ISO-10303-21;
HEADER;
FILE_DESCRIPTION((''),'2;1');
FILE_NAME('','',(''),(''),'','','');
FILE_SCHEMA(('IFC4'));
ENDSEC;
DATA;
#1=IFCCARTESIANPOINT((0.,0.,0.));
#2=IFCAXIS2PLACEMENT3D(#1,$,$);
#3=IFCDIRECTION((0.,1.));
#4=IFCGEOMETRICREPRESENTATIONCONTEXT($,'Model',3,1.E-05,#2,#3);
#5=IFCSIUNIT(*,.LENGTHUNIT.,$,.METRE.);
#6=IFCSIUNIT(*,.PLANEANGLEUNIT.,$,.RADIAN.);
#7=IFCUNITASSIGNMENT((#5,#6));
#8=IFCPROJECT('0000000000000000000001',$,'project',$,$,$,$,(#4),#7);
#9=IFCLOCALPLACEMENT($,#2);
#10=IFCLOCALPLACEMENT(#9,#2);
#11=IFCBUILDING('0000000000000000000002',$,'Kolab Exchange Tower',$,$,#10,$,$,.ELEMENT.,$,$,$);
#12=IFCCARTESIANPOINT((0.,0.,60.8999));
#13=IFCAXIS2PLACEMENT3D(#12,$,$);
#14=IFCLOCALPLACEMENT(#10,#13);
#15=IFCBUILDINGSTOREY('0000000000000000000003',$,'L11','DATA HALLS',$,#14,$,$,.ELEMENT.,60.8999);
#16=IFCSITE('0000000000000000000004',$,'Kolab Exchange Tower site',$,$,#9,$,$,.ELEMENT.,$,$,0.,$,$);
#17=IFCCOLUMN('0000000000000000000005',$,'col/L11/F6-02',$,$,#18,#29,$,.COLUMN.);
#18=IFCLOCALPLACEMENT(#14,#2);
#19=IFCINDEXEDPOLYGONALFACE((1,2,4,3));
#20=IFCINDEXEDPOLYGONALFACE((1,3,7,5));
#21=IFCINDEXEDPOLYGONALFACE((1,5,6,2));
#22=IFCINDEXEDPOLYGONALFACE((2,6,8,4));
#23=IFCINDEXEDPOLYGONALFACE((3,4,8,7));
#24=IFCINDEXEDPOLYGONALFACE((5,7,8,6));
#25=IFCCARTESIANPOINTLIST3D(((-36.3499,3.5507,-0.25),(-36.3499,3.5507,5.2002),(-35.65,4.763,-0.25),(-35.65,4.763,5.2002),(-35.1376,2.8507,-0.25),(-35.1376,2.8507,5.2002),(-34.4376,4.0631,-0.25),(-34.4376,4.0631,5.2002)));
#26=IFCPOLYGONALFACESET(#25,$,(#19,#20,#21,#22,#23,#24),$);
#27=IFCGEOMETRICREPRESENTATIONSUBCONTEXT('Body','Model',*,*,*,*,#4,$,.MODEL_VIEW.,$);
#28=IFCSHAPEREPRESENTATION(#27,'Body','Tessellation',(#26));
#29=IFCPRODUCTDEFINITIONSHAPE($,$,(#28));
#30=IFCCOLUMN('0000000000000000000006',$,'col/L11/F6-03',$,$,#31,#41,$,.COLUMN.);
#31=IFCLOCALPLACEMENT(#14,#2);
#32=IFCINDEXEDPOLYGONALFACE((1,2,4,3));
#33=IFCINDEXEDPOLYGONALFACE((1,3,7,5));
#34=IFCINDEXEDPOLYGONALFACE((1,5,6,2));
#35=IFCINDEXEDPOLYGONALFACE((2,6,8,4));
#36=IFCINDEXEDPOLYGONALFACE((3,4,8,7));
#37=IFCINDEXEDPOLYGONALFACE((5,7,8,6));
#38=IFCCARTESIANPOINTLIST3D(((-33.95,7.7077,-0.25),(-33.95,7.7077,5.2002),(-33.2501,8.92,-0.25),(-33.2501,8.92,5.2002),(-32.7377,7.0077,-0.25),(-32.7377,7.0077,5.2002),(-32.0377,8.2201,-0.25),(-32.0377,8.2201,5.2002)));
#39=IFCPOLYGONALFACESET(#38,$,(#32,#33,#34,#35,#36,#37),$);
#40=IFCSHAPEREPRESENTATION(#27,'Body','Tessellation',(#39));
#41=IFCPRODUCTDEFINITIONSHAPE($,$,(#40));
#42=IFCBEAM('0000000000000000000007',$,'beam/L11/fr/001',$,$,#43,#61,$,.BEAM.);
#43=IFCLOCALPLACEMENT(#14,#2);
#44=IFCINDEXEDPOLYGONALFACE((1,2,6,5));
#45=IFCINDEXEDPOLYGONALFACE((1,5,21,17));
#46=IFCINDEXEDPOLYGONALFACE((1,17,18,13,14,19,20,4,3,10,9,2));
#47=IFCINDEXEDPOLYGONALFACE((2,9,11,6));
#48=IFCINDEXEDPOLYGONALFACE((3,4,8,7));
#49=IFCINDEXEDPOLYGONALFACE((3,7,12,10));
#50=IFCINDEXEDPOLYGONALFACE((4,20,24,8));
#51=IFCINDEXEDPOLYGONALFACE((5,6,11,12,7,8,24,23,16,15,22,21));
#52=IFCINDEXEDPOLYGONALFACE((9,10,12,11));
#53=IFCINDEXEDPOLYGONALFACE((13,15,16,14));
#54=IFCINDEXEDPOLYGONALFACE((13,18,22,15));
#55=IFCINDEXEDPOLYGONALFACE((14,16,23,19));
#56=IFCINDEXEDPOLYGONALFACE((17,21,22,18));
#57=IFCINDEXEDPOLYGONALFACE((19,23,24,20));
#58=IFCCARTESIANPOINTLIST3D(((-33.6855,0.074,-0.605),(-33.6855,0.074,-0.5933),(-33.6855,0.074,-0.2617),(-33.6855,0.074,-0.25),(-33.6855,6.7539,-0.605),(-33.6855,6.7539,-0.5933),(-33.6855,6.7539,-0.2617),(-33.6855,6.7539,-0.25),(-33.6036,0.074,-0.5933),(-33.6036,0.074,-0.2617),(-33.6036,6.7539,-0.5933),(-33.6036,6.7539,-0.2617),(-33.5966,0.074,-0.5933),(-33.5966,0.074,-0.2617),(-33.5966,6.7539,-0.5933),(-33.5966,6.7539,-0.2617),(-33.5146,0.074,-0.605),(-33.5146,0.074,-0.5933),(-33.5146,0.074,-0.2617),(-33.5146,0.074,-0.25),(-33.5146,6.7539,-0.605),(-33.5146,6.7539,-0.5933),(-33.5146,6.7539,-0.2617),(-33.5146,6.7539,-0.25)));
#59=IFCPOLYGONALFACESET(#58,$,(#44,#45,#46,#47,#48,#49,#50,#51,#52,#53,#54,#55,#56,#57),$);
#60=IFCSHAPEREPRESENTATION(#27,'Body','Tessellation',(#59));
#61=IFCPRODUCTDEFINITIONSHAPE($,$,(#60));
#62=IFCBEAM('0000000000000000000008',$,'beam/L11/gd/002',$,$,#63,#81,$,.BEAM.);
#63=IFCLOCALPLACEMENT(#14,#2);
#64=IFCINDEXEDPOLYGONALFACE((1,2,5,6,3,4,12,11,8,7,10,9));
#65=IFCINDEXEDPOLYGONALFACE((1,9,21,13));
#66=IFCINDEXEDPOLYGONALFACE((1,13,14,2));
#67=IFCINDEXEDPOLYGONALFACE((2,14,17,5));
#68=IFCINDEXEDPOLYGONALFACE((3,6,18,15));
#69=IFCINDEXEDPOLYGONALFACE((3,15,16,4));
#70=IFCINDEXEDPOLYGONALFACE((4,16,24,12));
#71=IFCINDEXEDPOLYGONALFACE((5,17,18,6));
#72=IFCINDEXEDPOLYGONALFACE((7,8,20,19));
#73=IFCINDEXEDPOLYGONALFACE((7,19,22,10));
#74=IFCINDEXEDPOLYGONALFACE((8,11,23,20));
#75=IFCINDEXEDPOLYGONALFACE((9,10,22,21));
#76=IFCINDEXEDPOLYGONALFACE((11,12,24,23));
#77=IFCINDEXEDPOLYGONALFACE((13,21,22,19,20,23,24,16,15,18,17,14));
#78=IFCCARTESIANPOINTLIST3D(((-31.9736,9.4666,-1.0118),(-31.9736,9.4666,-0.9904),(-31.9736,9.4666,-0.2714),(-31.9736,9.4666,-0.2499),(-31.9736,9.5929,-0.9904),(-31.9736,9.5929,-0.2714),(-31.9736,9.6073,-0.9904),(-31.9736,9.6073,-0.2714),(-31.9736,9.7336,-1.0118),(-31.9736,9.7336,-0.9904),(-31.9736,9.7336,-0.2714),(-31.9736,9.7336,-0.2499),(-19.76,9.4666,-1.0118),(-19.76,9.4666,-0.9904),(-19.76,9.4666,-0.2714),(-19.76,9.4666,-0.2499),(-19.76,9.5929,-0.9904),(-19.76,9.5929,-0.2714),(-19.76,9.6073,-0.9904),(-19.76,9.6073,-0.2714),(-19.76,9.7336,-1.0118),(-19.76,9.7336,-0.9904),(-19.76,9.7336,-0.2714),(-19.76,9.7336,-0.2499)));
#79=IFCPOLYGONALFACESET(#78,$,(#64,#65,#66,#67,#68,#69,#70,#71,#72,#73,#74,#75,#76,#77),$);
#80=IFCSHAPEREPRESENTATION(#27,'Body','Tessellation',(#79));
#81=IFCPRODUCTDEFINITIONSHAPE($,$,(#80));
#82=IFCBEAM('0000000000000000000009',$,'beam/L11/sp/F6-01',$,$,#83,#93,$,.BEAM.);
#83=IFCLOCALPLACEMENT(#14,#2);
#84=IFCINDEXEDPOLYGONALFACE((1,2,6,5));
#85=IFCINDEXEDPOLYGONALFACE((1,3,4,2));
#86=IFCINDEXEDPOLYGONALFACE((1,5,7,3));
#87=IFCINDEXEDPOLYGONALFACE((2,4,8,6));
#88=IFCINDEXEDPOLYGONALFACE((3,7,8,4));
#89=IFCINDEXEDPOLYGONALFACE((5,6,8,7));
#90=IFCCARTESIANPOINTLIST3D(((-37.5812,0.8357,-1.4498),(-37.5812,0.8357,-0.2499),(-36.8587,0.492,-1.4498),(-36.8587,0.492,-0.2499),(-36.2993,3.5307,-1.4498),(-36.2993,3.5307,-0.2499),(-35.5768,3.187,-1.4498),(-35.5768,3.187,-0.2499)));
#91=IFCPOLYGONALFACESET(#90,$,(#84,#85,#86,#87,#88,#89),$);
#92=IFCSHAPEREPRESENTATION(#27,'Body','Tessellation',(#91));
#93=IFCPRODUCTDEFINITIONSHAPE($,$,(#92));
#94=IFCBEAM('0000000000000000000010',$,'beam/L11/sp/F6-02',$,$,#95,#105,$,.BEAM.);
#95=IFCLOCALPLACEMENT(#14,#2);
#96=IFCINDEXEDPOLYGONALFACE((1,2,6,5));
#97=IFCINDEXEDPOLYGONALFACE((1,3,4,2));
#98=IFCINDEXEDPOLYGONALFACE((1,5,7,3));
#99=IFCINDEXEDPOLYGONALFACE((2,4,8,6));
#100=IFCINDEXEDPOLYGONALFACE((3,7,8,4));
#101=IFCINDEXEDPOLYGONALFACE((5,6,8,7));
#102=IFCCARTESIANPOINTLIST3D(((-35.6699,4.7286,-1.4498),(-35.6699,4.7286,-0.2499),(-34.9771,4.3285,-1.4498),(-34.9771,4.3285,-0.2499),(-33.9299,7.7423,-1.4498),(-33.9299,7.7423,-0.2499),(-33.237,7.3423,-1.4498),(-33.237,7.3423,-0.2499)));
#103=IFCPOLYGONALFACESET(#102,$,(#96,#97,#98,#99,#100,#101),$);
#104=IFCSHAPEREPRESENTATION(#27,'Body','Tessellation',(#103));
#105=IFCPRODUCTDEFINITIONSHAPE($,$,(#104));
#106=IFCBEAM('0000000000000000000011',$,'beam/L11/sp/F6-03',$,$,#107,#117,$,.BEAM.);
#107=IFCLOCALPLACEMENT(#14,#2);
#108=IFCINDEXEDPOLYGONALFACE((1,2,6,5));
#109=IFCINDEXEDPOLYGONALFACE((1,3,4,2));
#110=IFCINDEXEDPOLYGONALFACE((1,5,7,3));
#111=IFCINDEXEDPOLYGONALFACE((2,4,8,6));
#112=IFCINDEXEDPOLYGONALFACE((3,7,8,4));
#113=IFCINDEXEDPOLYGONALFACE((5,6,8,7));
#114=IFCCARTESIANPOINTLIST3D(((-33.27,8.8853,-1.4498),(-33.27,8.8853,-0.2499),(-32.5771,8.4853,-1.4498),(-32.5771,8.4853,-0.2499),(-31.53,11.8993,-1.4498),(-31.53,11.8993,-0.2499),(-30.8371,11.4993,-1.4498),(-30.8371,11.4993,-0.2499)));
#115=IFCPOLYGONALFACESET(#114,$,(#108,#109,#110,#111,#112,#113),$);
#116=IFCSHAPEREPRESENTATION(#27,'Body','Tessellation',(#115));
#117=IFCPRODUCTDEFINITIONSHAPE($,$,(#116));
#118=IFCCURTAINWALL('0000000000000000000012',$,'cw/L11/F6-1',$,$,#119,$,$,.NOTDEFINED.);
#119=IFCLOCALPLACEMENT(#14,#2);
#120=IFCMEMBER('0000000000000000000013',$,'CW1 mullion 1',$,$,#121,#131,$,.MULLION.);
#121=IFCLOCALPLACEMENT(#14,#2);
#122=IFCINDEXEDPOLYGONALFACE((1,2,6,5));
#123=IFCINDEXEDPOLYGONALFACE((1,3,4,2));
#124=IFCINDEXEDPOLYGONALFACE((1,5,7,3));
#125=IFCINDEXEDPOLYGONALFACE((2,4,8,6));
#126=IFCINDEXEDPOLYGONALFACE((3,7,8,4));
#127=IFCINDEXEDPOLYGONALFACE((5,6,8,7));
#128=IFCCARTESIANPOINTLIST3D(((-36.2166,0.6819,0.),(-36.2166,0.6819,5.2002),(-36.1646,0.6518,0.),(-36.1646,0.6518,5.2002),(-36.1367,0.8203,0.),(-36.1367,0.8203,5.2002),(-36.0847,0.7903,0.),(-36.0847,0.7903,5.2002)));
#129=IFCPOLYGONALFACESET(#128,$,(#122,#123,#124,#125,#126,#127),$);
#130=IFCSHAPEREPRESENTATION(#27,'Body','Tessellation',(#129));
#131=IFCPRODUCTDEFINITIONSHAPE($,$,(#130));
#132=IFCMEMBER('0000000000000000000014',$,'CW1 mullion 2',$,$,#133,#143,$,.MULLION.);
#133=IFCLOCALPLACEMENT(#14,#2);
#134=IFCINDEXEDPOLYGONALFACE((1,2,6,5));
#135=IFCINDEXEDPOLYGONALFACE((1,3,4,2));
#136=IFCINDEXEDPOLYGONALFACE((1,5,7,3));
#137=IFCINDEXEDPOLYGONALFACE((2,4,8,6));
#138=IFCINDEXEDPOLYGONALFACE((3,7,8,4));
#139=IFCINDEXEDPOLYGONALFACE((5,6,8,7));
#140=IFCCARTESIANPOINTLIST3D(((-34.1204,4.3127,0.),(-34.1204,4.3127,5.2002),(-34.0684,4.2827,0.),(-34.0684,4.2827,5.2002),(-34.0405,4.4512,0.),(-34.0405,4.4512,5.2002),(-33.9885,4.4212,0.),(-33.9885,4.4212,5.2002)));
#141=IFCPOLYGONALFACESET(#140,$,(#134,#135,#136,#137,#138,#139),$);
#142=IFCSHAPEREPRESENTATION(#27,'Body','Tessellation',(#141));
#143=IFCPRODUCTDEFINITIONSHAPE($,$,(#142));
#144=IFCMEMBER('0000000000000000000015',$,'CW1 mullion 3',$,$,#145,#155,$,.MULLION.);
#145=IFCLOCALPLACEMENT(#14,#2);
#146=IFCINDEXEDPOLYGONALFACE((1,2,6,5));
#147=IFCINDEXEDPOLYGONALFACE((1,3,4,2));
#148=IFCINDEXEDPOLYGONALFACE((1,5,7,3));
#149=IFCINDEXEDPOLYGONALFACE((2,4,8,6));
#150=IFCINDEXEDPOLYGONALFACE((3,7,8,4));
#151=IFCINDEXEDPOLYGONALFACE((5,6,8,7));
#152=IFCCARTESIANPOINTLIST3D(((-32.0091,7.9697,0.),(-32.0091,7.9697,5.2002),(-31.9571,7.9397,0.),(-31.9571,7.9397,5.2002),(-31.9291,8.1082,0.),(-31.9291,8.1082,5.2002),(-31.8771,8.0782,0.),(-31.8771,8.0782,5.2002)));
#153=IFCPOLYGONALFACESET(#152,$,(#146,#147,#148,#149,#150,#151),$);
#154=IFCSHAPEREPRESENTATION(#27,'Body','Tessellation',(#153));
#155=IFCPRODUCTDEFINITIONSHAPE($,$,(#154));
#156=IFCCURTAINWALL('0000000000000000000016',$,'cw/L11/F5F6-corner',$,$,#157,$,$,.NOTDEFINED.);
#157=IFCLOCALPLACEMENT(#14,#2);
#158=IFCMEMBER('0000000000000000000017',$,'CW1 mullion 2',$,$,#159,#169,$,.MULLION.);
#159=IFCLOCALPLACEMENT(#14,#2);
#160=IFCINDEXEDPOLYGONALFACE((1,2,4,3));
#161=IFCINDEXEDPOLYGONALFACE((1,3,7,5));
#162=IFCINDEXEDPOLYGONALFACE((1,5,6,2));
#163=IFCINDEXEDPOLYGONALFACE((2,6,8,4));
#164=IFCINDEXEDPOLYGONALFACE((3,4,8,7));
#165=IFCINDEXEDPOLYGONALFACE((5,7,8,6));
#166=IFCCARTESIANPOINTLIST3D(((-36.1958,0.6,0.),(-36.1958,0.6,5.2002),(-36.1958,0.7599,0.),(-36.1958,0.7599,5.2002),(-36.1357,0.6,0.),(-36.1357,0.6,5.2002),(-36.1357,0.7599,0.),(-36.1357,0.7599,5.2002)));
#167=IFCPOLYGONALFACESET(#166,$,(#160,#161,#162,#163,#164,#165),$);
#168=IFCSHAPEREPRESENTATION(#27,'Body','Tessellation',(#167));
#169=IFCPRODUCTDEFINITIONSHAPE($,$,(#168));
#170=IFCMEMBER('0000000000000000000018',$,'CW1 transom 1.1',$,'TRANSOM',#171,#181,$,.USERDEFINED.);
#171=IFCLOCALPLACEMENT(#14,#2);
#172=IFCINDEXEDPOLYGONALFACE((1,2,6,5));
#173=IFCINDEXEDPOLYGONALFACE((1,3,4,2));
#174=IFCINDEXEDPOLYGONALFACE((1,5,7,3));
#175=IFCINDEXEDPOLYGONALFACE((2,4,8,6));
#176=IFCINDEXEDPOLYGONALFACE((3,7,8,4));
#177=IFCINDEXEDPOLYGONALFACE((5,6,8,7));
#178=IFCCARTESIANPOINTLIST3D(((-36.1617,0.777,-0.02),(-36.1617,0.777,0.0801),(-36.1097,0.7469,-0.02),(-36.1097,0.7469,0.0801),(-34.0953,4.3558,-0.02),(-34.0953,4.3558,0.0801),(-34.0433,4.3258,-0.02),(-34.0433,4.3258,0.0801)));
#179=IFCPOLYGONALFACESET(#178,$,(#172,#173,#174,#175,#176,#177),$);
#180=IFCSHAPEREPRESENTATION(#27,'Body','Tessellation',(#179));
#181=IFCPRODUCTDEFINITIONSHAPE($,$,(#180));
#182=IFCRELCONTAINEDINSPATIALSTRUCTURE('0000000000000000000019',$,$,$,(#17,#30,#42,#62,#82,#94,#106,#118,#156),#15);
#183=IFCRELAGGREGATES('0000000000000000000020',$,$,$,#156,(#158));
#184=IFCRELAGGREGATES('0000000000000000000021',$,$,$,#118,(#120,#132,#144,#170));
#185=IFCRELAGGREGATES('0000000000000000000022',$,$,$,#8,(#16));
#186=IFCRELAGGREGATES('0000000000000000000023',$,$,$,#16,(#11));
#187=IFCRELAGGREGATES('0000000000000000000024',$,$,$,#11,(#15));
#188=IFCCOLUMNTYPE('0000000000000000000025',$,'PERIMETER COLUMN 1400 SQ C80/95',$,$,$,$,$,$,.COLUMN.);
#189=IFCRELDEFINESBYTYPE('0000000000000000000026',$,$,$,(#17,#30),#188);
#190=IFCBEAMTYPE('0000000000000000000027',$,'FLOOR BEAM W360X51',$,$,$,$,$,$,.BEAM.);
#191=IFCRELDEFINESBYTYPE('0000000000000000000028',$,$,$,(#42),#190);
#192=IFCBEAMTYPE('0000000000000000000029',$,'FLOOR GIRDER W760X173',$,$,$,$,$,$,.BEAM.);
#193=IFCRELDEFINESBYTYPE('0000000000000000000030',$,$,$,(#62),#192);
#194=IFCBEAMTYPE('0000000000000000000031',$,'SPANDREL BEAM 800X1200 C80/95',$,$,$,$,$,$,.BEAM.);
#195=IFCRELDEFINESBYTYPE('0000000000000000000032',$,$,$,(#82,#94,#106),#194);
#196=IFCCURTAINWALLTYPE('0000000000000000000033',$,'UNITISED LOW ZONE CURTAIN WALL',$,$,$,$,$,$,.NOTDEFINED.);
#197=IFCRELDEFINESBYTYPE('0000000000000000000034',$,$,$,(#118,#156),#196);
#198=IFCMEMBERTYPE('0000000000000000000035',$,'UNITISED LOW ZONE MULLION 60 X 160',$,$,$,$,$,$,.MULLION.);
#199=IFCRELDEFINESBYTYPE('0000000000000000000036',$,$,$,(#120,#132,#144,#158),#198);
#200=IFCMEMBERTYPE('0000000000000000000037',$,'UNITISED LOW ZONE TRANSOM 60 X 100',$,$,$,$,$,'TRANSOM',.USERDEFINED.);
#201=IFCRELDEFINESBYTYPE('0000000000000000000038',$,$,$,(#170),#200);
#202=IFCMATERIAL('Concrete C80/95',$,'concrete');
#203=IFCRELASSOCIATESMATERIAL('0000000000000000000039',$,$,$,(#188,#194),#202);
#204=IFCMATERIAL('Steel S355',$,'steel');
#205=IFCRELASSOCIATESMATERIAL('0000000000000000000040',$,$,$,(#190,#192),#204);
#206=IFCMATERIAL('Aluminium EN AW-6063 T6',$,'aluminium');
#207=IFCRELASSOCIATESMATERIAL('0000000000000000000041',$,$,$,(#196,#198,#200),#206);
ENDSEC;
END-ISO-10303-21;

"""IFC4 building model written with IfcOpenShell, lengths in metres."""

from ifc_helpers import new_model, si_unit, direction, frame, origin, origin_2d, place, context, subcontext, project, spatial, rectangle, i_section, extrude, material, material_profile, profile_set, type_object, element, aggregate, save


model = new_model("IFC4")

# Units and contexts
model_context = context("Model", 3, precision=1e-05, world=origin(), true_north=direction((0.0, 1.0)))
body_context = subcontext(model_context, "Body", "Model", "MODEL_VIEW")
ifc_project = project(units=[si_unit("LENGTHUNIT", "METRE"), si_unit("PLANEANGLEUNIT", "RADIAN")], contexts=[model_context])

# Site, building, storey
site_placement = place(None, origin())
site = spatial("IfcSite", under=ifc_project, at=site_placement, Name="Kolab Exchange Tower site", CompositionType="ELEMENT", RefElevation=0.0)
building_placement = place(site_placement, origin())
building = spatial("IfcBuilding", under=site, at=building_placement, Name="Kolab Exchange Tower", CompositionType="ELEMENT")
storey_placement = place(building_placement, frame((0.0, 0.0, 60.8999)))
storey = spatial("IfcBuildingStorey", under=building, at=storey_placement, Name="L11", Description="DATA HALLS", CompositionType="ELEMENT", Elevation=60.8999)

# Columns
ifc_material_1 = material(Name="Concrete C80/95", Category="concrete")
ifc_material_profile_1 = material_profile(ifc_material_1, rectangle(XDim=1.3999, YDim=1.3999, at=origin_2d()), Name="RC1400")
ifc_profile_set_1 = profile_set([ifc_material_profile_1], Name="Concrete C80/95")
column_type = type_object("IfcColumnType", Name="PERIMETER COLUMN 1400 SQ C80/95", PredefinedType="COLUMN", material=ifc_profile_set_1)
for number, where, z_axis, x_axis, name in (
    (1, (-35.3938, 3.8069, -0.25), (0.0, 0.0, 1.0), (0.5, 0.866025, 0.0), "col/L11/F6-02"),
    (2, (-32.9939, 7.9639, -0.25), (0.0, 0.0, 1.0), (0.5, 0.866025, 0.0), "col/L11/F6-03"),
):
    element("IfcColumn", number, at=place(storey_placement, frame(where, z_axis=z_axis, x_axis=x_axis)), inside=storey, type_object=column_type, Name=name, PredefinedType="COLUMN", context=body_context, shape_type="SweptSolid", body=[
        extrude(rectangle(XDim=1.3999, YDim=1.3999, at=origin_2d()), origin(), (0.0, 0.0, 1.0), 5.4502),
    ])

# Beams
ifc_material_2 = material(Name="Steel S355", Category="steel")
ifc_material_profile_2 = material_profile(ifc_material_2, i_section(OverallWidth=0.1709, OverallDepth=0.355, WebThickness=0.0071, FlangeThickness=0.0117, at=origin_2d()), Name="W360X51")
ifc_profile_set_2 = profile_set([ifc_material_profile_2], Name="Steel S355")
beam_type_1 = type_object("IfcBeamType", Name="FLOOR BEAM W360X51", PredefinedType="BEAM", material=ifc_profile_set_2)
beam_1_placement = place(storey_placement, frame((-33.6001, 0.074, -0.4275), z_axis=(0.0, 1.0, 0.0), x_axis=(-1.0, 0.0, 0.0)))
element("IfcBeam", 3, at=beam_1_placement, inside=storey, type_object=beam_type_1, Name="beam/L11/fr/001", PredefinedType="BEAM", context=body_context, shape_type="SweptSolid", body=[
    extrude(i_section(OverallWidth=0.1709, OverallDepth=0.355, WebThickness=0.0071, FlangeThickness=0.0117, at=origin_2d()), origin(), (0.0, 0.0, 1.0), 6.6799),
])
ifc_material_profile_3 = material_profile(ifc_material_2, i_section(OverallWidth=0.2671, OverallDepth=0.762, WebThickness=0.0144, FlangeThickness=0.0215, at=origin_2d()), Name="W760X173")
ifc_profile_set_3 = profile_set([ifc_material_profile_3], Name="Steel S355")
beam_type_2 = type_object("IfcBeamType", Name="FLOOR GIRDER W760X173", PredefinedType="BEAM", material=ifc_profile_set_3)
beam_2_placement = place(storey_placement, frame((-31.9736, 9.6001, -0.6309), z_axis=(1.0, 0.0, 0.0), x_axis=(0.0, 1.0, 0.0)))
element("IfcBeam", 4, at=beam_2_placement, inside=storey, type_object=beam_type_2, Name="beam/L11/gd/002", PredefinedType="BEAM", context=body_context, shape_type="SweptSolid", body=[
    extrude(i_section(OverallWidth=0.2671, OverallDepth=0.762, WebThickness=0.0144, FlangeThickness=0.0215, at=origin_2d()), origin(), (0.0, 0.0, 1.0), 12.2136),
])
ifc_material_profile_4 = material_profile(ifc_material_1, rectangle(XDim=0.8, YDim=1.2, at=origin_2d()), Name="RC800X1200")
ifc_profile_set_4 = profile_set([ifc_material_profile_4], Name="Concrete C80/95")
beam_type_3 = type_object("IfcBeamType", Name="SPANDREL BEAM 800X1200 C80/95", PredefinedType="BEAM", material=ifc_profile_set_4)
beam_3_placement = place(storey_placement, frame((-37.22, 0.6638, -0.8499), z_axis=(0.429556, 0.90304, 0.0), x_axis=(-0.90304, 0.429556, 0.0)))
element("IfcBeam", 5, at=beam_3_placement, inside=storey, type_object=beam_type_3, Name="beam/L11/sp/F6-01", PredefinedType="BEAM", context=body_context, shape_type="SweptSolid", body=[
    extrude(rectangle(XDim=0.8, YDim=1.2, at=origin_2d()), origin(), (0.0, 0.0, 1.0), 2.9844),
])
beam_4_placement = place(storey_placement, frame((-35.3235, 4.5286, -0.8499), z_axis=(0.50001, 0.86602, 0.0), x_axis=(-0.86602, 0.50001, 0.0)))
element("IfcBeam", 6, at=beam_4_placement, inside=storey, type_object=beam_type_3, Name="beam/L11/sp/F6-02", PredefinedType="BEAM", context=body_context, shape_type="SweptSolid", body=[
    extrude(rectangle(XDim=0.8, YDim=1.2, at=origin_2d()), origin(), (0.0, 0.0, 1.0), 3.48),
])
beam_5_placement = place(storey_placement, frame((-32.9236, 8.6853, -0.8499), z_axis=(0.49998, 0.866037, 0.0), x_axis=(-0.866037, 0.49998, 0.0)))
element("IfcBeam", 7, at=beam_5_placement, inside=storey, type_object=beam_type_3, Name="beam/L11/sp/F6-03", PredefinedType="BEAM", context=body_context, shape_type="SweptSolid", body=[
    extrude(rectangle(XDim=0.8, YDim=1.2, at=origin_2d()), origin(), (0.0, 0.0, 1.0), 3.4802),
])

# Curtain wall, members
ifc_material_3 = material(Name="Aluminium EN AW-6063 T6", Category="aluminium")
curtain_wall_type = type_object("IfcCurtainWallType", Name="UNITISED LOW ZONE CURTAIN WALL", PredefinedType="NOTDEFINED", material=ifc_material_3)
curtain_wall_1_placement = place(storey_placement, origin())
curtain_wall_1 = element("IfcCurtainWall", 8, at=curtain_wall_1_placement, inside=storey, type_object=curtain_wall_type, Name="cw/L11/F6-1", PredefinedType="NOTDEFINED")
ifc_material_profile_5 = material_profile(ifc_material_3, rectangle(XDim=0.0601, YDim=0.1599, at=origin_2d()), Name="RECT 60X160")
ifc_profile_set_5 = profile_set([ifc_material_profile_5], Name="Aluminium EN AW-6063 T6")
member_type_1 = type_object("IfcMemberType", Name="UNITISED LOW ZONE MULLION 60 X 160", PredefinedType="MULLION", material=ifc_profile_set_5)
member_1_placement = place(storey_placement, frame((-36.1506, 0.7361, 0.0), z_axis=(0.0, 0.0, 1.0), x_axis=(-0.866025, 0.5, 0.0)))
member_1 = element("IfcMember", 9, at=member_1_placement, type_object=member_type_1, Name="CW1 mullion 1", PredefinedType="MULLION", context=body_context, shape_type="SweptSolid", body=[
    extrude(rectangle(XDim=0.0601, YDim=0.1599, at=origin_2d()), origin(), (0.0, 0.0, 1.0), 5.2002),
])
member_2_placement = place(storey_placement, frame((-34.0544, 4.3669, 0.0), z_axis=(0.0, 0.0, 1.0), x_axis=(-0.866025, 0.5, 0.0)))
member_2 = element("IfcMember", 10, at=member_2_placement, type_object=member_type_1, Name="CW1 mullion 2", PredefinedType="MULLION", context=body_context, shape_type="SweptSolid", body=[
    extrude(rectangle(XDim=0.0601, YDim=0.1599, at=origin_2d()), origin(), (0.0, 0.0, 1.0), 5.2002),
])
member_3_placement = place(storey_placement, frame((-31.9431, 8.0239, 0.0), z_axis=(0.0, 0.0, 1.0), x_axis=(-0.866025, 0.5, 0.0)))
member_3 = element("IfcMember", 11, at=member_3_placement, type_object=member_type_1, Name="CW1 mullion 3", PredefinedType="MULLION", context=body_context, shape_type="SweptSolid", body=[
    extrude(rectangle(XDim=0.0601, YDim=0.1599, at=origin_2d()), origin(), (0.0, 0.0, 1.0), 5.2002),
])

# Curtain wall, member
curtain_wall_2_placement = place(storey_placement, origin())
curtain_wall_2 = element("IfcCurtainWall", 12, at=curtain_wall_2_placement, inside=storey, type_object=curtain_wall_type, Name="cw/L11/F5F6-corner", PredefinedType="NOTDEFINED")
member_4_placement = place(storey_placement, frame((-36.1658, 0.6799, 0.0), z_axis=(0.0, 0.0, 1.0), x_axis=(-1.0, 0.0, 0.0)))
member_4 = element("IfcMember", 13, at=member_4_placement, type_object=member_type_1, Name="CW1 mullion 2", PredefinedType="MULLION", context=body_context, shape_type="SweptSolid", body=[
    extrude(rectangle(XDim=0.0601, YDim=0.1599, at=origin_2d()), origin(), (0.0, 0.0, 1.0), 5.2002),
])
aggregate(curtain_wall_2, [member_4])

# Member
ifc_material_profile_6 = material_profile(ifc_material_3, rectangle(XDim=0.0601, YDim=0.1001, at=origin_2d()), Name="RECT 60X100")
ifc_profile_set_6 = profile_set([ifc_material_profile_6], Name="Aluminium EN AW-6063 T6")
member_type_2 = type_object("IfcMemberType", Name="UNITISED LOW ZONE TRANSOM 60 X 100", ElementType="TRANSOM", PredefinedType="USERDEFINED", material=ifc_profile_set_6)
member_5_placement = place(storey_placement, frame((-36.1357, 0.762, 0.03), z_axis=(0.500028, 0.866009, 0.0), x_axis=(-0.866009, 0.500028, 0.0)))
member_5 = element("IfcMember", 14, at=member_5_placement, type_object=member_type_2, Name="CW1 transom 1.1", ObjectType="TRANSOM", PredefinedType="USERDEFINED", context=body_context, shape_type="SweptSolid", body=[
    extrude(rectangle(XDim=0.0601, YDim=0.1001, at=origin_2d()), origin(), (0.0, 0.0, 1.0), 4.1326),
])

aggregate(curtain_wall_1, [member_1, member_2, member_3, member_5])

save(model, "model.ifc")
